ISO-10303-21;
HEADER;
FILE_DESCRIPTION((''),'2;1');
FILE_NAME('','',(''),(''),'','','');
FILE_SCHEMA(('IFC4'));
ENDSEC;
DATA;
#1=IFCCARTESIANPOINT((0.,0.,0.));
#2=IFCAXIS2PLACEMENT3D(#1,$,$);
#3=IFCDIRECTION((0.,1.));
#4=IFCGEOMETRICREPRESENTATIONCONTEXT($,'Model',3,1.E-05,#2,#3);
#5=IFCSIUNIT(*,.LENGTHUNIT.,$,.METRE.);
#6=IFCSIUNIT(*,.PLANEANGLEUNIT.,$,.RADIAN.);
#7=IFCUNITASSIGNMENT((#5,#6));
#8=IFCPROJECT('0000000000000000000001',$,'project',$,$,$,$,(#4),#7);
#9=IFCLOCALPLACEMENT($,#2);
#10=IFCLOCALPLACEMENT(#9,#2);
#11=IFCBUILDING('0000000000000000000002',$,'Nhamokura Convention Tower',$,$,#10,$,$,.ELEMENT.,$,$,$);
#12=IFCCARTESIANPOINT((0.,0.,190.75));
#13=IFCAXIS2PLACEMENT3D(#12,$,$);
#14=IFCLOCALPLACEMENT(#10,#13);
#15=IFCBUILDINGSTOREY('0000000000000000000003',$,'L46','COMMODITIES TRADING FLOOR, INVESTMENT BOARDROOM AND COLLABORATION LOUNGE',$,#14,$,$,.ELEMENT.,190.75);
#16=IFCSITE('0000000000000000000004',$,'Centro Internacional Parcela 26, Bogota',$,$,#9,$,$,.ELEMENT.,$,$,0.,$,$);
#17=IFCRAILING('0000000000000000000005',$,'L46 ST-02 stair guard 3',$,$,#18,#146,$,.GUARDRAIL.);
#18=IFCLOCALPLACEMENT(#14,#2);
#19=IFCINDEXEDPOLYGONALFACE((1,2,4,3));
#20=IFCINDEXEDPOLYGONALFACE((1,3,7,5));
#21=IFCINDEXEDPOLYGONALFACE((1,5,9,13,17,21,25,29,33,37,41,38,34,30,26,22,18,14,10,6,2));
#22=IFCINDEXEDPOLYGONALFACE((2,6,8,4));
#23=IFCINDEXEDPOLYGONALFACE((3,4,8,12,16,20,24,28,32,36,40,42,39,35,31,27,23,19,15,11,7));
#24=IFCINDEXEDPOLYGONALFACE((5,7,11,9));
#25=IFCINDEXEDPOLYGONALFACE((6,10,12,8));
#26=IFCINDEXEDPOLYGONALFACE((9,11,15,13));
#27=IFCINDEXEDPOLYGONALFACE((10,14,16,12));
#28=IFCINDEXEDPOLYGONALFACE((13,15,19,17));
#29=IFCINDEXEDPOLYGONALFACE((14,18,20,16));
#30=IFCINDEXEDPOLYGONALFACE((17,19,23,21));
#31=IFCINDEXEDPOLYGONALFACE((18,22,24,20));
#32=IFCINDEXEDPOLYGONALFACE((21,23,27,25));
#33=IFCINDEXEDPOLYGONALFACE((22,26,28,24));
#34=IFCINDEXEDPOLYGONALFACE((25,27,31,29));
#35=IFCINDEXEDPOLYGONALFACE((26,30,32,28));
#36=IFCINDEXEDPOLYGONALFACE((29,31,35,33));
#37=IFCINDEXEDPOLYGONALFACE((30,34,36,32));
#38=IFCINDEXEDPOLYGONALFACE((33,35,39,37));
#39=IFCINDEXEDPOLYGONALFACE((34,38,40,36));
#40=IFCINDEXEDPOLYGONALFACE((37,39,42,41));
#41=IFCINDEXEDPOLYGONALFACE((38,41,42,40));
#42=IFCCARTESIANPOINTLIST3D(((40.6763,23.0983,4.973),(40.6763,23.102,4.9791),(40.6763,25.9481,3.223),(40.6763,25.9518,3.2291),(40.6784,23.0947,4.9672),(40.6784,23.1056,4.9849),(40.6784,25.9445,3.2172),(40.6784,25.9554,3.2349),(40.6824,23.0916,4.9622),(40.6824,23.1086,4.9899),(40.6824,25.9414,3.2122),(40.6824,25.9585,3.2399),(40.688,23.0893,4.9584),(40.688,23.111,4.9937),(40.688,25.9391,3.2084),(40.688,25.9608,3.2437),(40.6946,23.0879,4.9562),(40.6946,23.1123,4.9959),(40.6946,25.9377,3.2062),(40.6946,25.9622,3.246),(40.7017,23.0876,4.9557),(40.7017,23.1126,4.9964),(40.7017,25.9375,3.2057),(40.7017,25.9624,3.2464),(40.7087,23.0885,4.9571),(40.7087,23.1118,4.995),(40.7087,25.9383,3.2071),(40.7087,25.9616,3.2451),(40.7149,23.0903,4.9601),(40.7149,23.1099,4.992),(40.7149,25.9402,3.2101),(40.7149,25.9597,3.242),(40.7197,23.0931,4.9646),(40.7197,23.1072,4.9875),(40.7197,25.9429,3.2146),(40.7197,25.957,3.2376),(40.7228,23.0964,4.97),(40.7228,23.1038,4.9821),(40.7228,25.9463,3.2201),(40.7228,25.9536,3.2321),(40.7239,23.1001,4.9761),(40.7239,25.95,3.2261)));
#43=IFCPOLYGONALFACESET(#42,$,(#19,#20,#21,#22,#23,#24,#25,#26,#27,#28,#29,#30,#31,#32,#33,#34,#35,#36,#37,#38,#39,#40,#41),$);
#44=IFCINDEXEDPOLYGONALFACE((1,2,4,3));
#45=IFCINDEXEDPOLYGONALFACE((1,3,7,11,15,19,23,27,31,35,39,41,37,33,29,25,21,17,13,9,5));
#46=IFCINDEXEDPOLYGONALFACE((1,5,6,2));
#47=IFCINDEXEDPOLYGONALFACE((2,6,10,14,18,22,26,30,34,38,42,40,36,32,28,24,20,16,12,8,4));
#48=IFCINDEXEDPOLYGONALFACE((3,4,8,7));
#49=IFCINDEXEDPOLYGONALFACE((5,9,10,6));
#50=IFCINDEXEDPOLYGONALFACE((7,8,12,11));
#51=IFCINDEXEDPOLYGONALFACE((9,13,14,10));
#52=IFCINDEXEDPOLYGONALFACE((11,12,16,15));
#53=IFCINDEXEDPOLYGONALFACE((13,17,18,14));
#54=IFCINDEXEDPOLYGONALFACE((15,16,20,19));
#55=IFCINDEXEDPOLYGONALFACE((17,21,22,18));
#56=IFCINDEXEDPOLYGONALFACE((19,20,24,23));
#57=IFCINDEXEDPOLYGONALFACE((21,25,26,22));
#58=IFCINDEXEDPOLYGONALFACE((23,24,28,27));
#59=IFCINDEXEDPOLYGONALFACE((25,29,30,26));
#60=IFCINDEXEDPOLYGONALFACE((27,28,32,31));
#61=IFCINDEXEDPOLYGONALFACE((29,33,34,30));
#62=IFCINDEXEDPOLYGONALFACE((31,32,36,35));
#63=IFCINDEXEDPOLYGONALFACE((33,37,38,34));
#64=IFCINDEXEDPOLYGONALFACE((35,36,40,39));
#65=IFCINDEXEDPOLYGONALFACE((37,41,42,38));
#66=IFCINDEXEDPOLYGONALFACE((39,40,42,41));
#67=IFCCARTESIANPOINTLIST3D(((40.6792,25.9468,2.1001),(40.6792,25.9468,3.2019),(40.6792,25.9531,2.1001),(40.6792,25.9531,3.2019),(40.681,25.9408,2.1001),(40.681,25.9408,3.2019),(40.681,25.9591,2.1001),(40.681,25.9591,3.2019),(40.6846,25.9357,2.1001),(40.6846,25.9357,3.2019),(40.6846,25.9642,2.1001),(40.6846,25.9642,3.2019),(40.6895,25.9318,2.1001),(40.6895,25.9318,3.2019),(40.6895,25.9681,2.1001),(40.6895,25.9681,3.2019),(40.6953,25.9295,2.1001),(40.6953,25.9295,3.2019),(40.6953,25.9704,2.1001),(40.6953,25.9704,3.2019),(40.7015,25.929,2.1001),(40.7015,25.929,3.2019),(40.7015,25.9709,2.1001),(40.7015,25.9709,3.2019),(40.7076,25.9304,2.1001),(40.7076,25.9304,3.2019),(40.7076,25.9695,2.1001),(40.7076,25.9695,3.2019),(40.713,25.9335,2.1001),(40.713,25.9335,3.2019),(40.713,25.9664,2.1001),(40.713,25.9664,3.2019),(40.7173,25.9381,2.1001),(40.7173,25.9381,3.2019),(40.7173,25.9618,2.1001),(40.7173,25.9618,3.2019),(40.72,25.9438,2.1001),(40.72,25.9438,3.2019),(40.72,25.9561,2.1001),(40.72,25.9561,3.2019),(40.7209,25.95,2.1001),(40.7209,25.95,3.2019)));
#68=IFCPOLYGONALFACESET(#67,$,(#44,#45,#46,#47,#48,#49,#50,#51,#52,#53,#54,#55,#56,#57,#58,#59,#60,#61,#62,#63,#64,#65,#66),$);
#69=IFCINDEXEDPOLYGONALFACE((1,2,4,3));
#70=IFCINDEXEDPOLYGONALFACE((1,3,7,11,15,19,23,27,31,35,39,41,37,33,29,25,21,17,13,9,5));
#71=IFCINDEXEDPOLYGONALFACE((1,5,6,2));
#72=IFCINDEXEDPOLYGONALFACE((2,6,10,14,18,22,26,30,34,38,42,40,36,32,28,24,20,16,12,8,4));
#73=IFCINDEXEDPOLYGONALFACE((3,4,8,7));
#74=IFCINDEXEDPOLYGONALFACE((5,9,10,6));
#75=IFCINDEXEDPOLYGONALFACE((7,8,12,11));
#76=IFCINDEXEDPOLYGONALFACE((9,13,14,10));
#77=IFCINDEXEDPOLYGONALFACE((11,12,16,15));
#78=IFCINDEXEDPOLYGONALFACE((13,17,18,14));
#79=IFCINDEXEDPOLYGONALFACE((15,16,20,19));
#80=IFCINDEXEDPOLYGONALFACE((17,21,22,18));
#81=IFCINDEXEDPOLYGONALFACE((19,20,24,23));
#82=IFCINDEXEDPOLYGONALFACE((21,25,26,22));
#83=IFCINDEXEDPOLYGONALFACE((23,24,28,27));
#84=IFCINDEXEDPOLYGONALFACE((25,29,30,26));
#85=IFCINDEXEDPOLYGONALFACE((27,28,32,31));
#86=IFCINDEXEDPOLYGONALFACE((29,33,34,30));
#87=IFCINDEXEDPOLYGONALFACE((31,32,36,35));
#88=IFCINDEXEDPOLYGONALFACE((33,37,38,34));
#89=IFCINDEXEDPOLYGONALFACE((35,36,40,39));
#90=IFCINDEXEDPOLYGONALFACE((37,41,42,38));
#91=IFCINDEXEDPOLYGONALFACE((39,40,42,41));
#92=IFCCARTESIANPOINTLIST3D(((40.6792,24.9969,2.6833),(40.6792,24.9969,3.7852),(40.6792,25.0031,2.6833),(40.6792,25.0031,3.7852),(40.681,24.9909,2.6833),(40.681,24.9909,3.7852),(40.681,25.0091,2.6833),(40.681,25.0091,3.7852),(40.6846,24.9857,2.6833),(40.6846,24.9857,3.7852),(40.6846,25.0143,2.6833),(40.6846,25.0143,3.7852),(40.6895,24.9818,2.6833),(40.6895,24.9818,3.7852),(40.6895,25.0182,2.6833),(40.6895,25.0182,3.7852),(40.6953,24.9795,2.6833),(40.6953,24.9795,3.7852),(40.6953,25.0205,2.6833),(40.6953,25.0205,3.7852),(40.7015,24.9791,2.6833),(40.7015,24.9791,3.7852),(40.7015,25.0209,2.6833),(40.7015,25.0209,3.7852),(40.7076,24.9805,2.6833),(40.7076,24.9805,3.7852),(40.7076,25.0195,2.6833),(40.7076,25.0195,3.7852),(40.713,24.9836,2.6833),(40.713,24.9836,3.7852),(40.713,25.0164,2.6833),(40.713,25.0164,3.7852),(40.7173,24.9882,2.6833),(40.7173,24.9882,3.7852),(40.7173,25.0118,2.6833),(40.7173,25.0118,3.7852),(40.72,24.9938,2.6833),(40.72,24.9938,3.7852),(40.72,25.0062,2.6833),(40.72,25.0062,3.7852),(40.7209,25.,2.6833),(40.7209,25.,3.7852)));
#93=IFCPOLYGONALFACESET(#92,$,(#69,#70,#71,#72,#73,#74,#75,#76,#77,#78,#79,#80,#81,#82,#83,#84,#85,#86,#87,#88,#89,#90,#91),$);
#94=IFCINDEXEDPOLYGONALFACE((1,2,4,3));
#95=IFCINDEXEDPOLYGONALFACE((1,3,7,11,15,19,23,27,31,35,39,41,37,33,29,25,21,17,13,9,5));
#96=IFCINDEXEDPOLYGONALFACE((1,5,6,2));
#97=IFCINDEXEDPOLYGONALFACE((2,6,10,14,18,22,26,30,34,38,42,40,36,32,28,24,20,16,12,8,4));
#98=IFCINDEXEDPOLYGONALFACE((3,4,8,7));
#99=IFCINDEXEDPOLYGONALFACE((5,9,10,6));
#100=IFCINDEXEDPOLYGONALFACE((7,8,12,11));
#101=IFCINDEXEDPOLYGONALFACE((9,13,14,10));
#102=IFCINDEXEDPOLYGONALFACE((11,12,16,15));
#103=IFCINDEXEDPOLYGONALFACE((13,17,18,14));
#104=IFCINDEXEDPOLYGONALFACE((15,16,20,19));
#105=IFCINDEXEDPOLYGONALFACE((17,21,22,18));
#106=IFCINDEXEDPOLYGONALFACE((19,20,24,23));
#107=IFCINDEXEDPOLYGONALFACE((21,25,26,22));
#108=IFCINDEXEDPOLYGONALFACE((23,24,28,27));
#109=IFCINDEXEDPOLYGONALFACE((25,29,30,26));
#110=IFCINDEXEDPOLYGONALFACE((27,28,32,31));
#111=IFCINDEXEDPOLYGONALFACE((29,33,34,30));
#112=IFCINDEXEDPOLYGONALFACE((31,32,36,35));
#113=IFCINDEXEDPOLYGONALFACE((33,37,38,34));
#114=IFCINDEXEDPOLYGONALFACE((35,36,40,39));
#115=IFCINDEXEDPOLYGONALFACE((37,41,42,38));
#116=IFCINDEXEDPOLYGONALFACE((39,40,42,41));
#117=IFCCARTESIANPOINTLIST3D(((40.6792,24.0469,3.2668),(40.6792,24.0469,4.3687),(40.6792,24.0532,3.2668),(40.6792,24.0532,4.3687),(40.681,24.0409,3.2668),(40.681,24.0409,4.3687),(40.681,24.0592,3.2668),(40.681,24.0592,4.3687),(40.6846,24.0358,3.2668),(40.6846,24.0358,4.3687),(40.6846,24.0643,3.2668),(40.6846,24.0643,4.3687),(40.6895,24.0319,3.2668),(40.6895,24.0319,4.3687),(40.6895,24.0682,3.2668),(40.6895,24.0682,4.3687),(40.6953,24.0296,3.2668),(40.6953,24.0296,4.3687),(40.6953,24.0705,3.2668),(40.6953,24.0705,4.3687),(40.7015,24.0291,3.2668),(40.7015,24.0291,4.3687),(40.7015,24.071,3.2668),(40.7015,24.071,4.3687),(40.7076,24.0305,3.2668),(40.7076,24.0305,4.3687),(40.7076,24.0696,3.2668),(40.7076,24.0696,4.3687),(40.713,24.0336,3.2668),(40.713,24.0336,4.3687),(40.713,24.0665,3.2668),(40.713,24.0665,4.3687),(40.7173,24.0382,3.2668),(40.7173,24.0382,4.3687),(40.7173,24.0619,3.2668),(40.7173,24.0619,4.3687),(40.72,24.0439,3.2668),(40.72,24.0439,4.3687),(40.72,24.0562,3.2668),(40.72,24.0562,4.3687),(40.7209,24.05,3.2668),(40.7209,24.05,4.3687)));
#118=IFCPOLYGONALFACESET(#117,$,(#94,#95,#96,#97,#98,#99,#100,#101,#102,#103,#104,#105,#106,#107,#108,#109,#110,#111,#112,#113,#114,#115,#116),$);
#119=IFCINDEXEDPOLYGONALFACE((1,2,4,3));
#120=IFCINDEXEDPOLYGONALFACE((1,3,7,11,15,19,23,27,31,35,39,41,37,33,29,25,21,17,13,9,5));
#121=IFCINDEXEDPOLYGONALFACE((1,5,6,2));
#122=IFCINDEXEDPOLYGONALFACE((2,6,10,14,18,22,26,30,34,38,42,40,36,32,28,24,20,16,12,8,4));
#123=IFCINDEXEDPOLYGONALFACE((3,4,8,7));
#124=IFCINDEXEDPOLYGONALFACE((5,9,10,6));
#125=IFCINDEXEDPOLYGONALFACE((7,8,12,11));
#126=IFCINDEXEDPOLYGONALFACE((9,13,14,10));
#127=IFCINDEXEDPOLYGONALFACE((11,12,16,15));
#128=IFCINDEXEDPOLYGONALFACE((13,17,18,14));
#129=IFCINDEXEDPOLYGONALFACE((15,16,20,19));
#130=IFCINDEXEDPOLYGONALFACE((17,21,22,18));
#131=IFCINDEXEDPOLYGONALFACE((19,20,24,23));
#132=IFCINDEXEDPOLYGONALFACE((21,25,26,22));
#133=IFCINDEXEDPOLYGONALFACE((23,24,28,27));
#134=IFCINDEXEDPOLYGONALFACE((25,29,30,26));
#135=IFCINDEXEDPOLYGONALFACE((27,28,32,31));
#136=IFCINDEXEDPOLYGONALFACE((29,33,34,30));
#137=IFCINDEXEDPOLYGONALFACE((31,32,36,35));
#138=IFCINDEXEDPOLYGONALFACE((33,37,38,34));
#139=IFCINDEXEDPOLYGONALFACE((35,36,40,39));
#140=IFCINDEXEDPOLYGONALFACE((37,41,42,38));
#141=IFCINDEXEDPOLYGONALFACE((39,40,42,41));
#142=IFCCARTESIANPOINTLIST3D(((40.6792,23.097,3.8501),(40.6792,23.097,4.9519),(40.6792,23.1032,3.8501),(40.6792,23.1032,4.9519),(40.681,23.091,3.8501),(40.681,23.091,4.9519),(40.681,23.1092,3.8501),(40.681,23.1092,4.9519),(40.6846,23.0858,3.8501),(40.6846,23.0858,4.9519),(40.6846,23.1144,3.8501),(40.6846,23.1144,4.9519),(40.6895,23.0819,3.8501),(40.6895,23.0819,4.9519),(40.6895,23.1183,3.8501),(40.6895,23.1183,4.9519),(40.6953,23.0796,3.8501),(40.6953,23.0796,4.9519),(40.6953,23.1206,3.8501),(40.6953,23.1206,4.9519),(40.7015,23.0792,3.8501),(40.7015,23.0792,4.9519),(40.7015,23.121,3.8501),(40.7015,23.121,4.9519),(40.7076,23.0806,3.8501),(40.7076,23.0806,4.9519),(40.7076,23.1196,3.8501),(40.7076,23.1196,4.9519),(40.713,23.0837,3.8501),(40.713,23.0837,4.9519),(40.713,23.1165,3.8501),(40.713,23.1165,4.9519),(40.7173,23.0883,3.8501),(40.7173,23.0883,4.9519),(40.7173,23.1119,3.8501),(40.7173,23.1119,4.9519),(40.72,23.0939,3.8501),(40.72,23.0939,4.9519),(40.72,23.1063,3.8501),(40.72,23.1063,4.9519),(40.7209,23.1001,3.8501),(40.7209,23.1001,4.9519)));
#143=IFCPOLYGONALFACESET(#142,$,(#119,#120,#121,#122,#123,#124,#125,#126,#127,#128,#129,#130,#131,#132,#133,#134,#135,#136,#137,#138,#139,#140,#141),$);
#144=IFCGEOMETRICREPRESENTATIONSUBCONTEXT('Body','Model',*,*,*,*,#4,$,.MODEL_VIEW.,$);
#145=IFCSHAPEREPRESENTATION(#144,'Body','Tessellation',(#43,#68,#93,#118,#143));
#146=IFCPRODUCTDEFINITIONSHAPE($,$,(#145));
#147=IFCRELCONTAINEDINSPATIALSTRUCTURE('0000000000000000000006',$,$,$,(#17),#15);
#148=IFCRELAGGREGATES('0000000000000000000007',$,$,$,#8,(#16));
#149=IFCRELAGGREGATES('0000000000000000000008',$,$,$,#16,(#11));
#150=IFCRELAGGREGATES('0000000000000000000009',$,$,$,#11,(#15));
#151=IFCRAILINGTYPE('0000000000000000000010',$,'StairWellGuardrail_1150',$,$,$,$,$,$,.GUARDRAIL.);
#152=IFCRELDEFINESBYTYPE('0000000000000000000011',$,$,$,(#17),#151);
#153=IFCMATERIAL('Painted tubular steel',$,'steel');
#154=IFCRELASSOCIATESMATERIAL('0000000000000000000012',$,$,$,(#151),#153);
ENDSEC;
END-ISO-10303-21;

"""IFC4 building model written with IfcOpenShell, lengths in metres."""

from ifc_helpers import new_model, si_unit, direction, frame, origin, origin_2d, place, context, subcontext, project, spatial, circle, extrude, material, type_object, element, save


model = new_model("IFC4")

# Units and contexts
model_context = context("Model", 3, precision=1e-05, world=origin(), true_north=direction((0.0, 1.0)))
body_context = subcontext(model_context, "Body", "Model", "MODEL_VIEW")
ifc_project = project(units=[si_unit("LENGTHUNIT", "METRE"), si_unit("PLANEANGLEUNIT", "RADIAN")], contexts=[model_context])

# Site, building, storey
site_placement = place(None, origin())
site = spatial("IfcSite", under=ifc_project, at=site_placement, Name="Centro Internacional Parcela 26, Bogota", CompositionType="ELEMENT", RefElevation=0.0)
building_placement = place(site_placement, origin())
building = spatial("IfcBuilding", under=site, at=building_placement, Name="Nhamokura Convention Tower", CompositionType="ELEMENT")
storey_placement = place(building_placement, frame((0.0, 0.0, 190.75)))
storey = spatial("IfcBuildingStorey", under=building, at=storey_placement, Name="L46", Description="COMMODITIES TRADING FLOOR, INVESTMENT BOARDROOM AND COLLABORATION LOUNGE", CompositionType="ELEMENT", Elevation=190.75)

# Railing
ifc_material_1 = material(Name="Painted tubular steel", Category="steel")
railing_type_1 = type_object("IfcRailingType", Name="StairWellGuardrail_1150", PredefinedType="GUARDRAIL", material=ifc_material_1)
railing_1_placement = place(storey_placement, frame((40.7, 25.95, 2.1001)))
element("IfcRailing", 1, at=railing_1_placement, inside=storey, type_object=railing_type_1, Name="L46 ST-02 stair guard 3", PredefinedType="GUARDRAIL", context=body_context, shape_type="SweptSolid", body=[
    extrude(circle(Radius=0.0239, at=origin_2d()), frame((0.0, 0.0, 1.126), z_axis=(0.0, -0.852159, 0.523283), x_axis=(1.0, 0.0, 0.0)), (0.0, 0.0, 1.0), 3.3442),
    extrude(circle(Radius=0.021, at=origin_2d()), origin(), (0.0, 0.0, 1.0), 1.1018),
    extrude(circle(Radius=0.021, at=origin_2d()), frame((0.0, -0.95, 0.5833)), (0.0, 0.0, 1.0), 1.1018),
    extrude(circle(Radius=0.021, at=origin_2d()), frame((0.0, -1.8999, 1.1667)), (0.0, 0.0, 1.0), 1.1018),
    extrude(circle(Radius=0.021, at=origin_2d()), frame((0.0, -2.8499, 1.75)), (0.0, 0.0, 1.0), 1.1018),
])

save(model, "model.ifc")
